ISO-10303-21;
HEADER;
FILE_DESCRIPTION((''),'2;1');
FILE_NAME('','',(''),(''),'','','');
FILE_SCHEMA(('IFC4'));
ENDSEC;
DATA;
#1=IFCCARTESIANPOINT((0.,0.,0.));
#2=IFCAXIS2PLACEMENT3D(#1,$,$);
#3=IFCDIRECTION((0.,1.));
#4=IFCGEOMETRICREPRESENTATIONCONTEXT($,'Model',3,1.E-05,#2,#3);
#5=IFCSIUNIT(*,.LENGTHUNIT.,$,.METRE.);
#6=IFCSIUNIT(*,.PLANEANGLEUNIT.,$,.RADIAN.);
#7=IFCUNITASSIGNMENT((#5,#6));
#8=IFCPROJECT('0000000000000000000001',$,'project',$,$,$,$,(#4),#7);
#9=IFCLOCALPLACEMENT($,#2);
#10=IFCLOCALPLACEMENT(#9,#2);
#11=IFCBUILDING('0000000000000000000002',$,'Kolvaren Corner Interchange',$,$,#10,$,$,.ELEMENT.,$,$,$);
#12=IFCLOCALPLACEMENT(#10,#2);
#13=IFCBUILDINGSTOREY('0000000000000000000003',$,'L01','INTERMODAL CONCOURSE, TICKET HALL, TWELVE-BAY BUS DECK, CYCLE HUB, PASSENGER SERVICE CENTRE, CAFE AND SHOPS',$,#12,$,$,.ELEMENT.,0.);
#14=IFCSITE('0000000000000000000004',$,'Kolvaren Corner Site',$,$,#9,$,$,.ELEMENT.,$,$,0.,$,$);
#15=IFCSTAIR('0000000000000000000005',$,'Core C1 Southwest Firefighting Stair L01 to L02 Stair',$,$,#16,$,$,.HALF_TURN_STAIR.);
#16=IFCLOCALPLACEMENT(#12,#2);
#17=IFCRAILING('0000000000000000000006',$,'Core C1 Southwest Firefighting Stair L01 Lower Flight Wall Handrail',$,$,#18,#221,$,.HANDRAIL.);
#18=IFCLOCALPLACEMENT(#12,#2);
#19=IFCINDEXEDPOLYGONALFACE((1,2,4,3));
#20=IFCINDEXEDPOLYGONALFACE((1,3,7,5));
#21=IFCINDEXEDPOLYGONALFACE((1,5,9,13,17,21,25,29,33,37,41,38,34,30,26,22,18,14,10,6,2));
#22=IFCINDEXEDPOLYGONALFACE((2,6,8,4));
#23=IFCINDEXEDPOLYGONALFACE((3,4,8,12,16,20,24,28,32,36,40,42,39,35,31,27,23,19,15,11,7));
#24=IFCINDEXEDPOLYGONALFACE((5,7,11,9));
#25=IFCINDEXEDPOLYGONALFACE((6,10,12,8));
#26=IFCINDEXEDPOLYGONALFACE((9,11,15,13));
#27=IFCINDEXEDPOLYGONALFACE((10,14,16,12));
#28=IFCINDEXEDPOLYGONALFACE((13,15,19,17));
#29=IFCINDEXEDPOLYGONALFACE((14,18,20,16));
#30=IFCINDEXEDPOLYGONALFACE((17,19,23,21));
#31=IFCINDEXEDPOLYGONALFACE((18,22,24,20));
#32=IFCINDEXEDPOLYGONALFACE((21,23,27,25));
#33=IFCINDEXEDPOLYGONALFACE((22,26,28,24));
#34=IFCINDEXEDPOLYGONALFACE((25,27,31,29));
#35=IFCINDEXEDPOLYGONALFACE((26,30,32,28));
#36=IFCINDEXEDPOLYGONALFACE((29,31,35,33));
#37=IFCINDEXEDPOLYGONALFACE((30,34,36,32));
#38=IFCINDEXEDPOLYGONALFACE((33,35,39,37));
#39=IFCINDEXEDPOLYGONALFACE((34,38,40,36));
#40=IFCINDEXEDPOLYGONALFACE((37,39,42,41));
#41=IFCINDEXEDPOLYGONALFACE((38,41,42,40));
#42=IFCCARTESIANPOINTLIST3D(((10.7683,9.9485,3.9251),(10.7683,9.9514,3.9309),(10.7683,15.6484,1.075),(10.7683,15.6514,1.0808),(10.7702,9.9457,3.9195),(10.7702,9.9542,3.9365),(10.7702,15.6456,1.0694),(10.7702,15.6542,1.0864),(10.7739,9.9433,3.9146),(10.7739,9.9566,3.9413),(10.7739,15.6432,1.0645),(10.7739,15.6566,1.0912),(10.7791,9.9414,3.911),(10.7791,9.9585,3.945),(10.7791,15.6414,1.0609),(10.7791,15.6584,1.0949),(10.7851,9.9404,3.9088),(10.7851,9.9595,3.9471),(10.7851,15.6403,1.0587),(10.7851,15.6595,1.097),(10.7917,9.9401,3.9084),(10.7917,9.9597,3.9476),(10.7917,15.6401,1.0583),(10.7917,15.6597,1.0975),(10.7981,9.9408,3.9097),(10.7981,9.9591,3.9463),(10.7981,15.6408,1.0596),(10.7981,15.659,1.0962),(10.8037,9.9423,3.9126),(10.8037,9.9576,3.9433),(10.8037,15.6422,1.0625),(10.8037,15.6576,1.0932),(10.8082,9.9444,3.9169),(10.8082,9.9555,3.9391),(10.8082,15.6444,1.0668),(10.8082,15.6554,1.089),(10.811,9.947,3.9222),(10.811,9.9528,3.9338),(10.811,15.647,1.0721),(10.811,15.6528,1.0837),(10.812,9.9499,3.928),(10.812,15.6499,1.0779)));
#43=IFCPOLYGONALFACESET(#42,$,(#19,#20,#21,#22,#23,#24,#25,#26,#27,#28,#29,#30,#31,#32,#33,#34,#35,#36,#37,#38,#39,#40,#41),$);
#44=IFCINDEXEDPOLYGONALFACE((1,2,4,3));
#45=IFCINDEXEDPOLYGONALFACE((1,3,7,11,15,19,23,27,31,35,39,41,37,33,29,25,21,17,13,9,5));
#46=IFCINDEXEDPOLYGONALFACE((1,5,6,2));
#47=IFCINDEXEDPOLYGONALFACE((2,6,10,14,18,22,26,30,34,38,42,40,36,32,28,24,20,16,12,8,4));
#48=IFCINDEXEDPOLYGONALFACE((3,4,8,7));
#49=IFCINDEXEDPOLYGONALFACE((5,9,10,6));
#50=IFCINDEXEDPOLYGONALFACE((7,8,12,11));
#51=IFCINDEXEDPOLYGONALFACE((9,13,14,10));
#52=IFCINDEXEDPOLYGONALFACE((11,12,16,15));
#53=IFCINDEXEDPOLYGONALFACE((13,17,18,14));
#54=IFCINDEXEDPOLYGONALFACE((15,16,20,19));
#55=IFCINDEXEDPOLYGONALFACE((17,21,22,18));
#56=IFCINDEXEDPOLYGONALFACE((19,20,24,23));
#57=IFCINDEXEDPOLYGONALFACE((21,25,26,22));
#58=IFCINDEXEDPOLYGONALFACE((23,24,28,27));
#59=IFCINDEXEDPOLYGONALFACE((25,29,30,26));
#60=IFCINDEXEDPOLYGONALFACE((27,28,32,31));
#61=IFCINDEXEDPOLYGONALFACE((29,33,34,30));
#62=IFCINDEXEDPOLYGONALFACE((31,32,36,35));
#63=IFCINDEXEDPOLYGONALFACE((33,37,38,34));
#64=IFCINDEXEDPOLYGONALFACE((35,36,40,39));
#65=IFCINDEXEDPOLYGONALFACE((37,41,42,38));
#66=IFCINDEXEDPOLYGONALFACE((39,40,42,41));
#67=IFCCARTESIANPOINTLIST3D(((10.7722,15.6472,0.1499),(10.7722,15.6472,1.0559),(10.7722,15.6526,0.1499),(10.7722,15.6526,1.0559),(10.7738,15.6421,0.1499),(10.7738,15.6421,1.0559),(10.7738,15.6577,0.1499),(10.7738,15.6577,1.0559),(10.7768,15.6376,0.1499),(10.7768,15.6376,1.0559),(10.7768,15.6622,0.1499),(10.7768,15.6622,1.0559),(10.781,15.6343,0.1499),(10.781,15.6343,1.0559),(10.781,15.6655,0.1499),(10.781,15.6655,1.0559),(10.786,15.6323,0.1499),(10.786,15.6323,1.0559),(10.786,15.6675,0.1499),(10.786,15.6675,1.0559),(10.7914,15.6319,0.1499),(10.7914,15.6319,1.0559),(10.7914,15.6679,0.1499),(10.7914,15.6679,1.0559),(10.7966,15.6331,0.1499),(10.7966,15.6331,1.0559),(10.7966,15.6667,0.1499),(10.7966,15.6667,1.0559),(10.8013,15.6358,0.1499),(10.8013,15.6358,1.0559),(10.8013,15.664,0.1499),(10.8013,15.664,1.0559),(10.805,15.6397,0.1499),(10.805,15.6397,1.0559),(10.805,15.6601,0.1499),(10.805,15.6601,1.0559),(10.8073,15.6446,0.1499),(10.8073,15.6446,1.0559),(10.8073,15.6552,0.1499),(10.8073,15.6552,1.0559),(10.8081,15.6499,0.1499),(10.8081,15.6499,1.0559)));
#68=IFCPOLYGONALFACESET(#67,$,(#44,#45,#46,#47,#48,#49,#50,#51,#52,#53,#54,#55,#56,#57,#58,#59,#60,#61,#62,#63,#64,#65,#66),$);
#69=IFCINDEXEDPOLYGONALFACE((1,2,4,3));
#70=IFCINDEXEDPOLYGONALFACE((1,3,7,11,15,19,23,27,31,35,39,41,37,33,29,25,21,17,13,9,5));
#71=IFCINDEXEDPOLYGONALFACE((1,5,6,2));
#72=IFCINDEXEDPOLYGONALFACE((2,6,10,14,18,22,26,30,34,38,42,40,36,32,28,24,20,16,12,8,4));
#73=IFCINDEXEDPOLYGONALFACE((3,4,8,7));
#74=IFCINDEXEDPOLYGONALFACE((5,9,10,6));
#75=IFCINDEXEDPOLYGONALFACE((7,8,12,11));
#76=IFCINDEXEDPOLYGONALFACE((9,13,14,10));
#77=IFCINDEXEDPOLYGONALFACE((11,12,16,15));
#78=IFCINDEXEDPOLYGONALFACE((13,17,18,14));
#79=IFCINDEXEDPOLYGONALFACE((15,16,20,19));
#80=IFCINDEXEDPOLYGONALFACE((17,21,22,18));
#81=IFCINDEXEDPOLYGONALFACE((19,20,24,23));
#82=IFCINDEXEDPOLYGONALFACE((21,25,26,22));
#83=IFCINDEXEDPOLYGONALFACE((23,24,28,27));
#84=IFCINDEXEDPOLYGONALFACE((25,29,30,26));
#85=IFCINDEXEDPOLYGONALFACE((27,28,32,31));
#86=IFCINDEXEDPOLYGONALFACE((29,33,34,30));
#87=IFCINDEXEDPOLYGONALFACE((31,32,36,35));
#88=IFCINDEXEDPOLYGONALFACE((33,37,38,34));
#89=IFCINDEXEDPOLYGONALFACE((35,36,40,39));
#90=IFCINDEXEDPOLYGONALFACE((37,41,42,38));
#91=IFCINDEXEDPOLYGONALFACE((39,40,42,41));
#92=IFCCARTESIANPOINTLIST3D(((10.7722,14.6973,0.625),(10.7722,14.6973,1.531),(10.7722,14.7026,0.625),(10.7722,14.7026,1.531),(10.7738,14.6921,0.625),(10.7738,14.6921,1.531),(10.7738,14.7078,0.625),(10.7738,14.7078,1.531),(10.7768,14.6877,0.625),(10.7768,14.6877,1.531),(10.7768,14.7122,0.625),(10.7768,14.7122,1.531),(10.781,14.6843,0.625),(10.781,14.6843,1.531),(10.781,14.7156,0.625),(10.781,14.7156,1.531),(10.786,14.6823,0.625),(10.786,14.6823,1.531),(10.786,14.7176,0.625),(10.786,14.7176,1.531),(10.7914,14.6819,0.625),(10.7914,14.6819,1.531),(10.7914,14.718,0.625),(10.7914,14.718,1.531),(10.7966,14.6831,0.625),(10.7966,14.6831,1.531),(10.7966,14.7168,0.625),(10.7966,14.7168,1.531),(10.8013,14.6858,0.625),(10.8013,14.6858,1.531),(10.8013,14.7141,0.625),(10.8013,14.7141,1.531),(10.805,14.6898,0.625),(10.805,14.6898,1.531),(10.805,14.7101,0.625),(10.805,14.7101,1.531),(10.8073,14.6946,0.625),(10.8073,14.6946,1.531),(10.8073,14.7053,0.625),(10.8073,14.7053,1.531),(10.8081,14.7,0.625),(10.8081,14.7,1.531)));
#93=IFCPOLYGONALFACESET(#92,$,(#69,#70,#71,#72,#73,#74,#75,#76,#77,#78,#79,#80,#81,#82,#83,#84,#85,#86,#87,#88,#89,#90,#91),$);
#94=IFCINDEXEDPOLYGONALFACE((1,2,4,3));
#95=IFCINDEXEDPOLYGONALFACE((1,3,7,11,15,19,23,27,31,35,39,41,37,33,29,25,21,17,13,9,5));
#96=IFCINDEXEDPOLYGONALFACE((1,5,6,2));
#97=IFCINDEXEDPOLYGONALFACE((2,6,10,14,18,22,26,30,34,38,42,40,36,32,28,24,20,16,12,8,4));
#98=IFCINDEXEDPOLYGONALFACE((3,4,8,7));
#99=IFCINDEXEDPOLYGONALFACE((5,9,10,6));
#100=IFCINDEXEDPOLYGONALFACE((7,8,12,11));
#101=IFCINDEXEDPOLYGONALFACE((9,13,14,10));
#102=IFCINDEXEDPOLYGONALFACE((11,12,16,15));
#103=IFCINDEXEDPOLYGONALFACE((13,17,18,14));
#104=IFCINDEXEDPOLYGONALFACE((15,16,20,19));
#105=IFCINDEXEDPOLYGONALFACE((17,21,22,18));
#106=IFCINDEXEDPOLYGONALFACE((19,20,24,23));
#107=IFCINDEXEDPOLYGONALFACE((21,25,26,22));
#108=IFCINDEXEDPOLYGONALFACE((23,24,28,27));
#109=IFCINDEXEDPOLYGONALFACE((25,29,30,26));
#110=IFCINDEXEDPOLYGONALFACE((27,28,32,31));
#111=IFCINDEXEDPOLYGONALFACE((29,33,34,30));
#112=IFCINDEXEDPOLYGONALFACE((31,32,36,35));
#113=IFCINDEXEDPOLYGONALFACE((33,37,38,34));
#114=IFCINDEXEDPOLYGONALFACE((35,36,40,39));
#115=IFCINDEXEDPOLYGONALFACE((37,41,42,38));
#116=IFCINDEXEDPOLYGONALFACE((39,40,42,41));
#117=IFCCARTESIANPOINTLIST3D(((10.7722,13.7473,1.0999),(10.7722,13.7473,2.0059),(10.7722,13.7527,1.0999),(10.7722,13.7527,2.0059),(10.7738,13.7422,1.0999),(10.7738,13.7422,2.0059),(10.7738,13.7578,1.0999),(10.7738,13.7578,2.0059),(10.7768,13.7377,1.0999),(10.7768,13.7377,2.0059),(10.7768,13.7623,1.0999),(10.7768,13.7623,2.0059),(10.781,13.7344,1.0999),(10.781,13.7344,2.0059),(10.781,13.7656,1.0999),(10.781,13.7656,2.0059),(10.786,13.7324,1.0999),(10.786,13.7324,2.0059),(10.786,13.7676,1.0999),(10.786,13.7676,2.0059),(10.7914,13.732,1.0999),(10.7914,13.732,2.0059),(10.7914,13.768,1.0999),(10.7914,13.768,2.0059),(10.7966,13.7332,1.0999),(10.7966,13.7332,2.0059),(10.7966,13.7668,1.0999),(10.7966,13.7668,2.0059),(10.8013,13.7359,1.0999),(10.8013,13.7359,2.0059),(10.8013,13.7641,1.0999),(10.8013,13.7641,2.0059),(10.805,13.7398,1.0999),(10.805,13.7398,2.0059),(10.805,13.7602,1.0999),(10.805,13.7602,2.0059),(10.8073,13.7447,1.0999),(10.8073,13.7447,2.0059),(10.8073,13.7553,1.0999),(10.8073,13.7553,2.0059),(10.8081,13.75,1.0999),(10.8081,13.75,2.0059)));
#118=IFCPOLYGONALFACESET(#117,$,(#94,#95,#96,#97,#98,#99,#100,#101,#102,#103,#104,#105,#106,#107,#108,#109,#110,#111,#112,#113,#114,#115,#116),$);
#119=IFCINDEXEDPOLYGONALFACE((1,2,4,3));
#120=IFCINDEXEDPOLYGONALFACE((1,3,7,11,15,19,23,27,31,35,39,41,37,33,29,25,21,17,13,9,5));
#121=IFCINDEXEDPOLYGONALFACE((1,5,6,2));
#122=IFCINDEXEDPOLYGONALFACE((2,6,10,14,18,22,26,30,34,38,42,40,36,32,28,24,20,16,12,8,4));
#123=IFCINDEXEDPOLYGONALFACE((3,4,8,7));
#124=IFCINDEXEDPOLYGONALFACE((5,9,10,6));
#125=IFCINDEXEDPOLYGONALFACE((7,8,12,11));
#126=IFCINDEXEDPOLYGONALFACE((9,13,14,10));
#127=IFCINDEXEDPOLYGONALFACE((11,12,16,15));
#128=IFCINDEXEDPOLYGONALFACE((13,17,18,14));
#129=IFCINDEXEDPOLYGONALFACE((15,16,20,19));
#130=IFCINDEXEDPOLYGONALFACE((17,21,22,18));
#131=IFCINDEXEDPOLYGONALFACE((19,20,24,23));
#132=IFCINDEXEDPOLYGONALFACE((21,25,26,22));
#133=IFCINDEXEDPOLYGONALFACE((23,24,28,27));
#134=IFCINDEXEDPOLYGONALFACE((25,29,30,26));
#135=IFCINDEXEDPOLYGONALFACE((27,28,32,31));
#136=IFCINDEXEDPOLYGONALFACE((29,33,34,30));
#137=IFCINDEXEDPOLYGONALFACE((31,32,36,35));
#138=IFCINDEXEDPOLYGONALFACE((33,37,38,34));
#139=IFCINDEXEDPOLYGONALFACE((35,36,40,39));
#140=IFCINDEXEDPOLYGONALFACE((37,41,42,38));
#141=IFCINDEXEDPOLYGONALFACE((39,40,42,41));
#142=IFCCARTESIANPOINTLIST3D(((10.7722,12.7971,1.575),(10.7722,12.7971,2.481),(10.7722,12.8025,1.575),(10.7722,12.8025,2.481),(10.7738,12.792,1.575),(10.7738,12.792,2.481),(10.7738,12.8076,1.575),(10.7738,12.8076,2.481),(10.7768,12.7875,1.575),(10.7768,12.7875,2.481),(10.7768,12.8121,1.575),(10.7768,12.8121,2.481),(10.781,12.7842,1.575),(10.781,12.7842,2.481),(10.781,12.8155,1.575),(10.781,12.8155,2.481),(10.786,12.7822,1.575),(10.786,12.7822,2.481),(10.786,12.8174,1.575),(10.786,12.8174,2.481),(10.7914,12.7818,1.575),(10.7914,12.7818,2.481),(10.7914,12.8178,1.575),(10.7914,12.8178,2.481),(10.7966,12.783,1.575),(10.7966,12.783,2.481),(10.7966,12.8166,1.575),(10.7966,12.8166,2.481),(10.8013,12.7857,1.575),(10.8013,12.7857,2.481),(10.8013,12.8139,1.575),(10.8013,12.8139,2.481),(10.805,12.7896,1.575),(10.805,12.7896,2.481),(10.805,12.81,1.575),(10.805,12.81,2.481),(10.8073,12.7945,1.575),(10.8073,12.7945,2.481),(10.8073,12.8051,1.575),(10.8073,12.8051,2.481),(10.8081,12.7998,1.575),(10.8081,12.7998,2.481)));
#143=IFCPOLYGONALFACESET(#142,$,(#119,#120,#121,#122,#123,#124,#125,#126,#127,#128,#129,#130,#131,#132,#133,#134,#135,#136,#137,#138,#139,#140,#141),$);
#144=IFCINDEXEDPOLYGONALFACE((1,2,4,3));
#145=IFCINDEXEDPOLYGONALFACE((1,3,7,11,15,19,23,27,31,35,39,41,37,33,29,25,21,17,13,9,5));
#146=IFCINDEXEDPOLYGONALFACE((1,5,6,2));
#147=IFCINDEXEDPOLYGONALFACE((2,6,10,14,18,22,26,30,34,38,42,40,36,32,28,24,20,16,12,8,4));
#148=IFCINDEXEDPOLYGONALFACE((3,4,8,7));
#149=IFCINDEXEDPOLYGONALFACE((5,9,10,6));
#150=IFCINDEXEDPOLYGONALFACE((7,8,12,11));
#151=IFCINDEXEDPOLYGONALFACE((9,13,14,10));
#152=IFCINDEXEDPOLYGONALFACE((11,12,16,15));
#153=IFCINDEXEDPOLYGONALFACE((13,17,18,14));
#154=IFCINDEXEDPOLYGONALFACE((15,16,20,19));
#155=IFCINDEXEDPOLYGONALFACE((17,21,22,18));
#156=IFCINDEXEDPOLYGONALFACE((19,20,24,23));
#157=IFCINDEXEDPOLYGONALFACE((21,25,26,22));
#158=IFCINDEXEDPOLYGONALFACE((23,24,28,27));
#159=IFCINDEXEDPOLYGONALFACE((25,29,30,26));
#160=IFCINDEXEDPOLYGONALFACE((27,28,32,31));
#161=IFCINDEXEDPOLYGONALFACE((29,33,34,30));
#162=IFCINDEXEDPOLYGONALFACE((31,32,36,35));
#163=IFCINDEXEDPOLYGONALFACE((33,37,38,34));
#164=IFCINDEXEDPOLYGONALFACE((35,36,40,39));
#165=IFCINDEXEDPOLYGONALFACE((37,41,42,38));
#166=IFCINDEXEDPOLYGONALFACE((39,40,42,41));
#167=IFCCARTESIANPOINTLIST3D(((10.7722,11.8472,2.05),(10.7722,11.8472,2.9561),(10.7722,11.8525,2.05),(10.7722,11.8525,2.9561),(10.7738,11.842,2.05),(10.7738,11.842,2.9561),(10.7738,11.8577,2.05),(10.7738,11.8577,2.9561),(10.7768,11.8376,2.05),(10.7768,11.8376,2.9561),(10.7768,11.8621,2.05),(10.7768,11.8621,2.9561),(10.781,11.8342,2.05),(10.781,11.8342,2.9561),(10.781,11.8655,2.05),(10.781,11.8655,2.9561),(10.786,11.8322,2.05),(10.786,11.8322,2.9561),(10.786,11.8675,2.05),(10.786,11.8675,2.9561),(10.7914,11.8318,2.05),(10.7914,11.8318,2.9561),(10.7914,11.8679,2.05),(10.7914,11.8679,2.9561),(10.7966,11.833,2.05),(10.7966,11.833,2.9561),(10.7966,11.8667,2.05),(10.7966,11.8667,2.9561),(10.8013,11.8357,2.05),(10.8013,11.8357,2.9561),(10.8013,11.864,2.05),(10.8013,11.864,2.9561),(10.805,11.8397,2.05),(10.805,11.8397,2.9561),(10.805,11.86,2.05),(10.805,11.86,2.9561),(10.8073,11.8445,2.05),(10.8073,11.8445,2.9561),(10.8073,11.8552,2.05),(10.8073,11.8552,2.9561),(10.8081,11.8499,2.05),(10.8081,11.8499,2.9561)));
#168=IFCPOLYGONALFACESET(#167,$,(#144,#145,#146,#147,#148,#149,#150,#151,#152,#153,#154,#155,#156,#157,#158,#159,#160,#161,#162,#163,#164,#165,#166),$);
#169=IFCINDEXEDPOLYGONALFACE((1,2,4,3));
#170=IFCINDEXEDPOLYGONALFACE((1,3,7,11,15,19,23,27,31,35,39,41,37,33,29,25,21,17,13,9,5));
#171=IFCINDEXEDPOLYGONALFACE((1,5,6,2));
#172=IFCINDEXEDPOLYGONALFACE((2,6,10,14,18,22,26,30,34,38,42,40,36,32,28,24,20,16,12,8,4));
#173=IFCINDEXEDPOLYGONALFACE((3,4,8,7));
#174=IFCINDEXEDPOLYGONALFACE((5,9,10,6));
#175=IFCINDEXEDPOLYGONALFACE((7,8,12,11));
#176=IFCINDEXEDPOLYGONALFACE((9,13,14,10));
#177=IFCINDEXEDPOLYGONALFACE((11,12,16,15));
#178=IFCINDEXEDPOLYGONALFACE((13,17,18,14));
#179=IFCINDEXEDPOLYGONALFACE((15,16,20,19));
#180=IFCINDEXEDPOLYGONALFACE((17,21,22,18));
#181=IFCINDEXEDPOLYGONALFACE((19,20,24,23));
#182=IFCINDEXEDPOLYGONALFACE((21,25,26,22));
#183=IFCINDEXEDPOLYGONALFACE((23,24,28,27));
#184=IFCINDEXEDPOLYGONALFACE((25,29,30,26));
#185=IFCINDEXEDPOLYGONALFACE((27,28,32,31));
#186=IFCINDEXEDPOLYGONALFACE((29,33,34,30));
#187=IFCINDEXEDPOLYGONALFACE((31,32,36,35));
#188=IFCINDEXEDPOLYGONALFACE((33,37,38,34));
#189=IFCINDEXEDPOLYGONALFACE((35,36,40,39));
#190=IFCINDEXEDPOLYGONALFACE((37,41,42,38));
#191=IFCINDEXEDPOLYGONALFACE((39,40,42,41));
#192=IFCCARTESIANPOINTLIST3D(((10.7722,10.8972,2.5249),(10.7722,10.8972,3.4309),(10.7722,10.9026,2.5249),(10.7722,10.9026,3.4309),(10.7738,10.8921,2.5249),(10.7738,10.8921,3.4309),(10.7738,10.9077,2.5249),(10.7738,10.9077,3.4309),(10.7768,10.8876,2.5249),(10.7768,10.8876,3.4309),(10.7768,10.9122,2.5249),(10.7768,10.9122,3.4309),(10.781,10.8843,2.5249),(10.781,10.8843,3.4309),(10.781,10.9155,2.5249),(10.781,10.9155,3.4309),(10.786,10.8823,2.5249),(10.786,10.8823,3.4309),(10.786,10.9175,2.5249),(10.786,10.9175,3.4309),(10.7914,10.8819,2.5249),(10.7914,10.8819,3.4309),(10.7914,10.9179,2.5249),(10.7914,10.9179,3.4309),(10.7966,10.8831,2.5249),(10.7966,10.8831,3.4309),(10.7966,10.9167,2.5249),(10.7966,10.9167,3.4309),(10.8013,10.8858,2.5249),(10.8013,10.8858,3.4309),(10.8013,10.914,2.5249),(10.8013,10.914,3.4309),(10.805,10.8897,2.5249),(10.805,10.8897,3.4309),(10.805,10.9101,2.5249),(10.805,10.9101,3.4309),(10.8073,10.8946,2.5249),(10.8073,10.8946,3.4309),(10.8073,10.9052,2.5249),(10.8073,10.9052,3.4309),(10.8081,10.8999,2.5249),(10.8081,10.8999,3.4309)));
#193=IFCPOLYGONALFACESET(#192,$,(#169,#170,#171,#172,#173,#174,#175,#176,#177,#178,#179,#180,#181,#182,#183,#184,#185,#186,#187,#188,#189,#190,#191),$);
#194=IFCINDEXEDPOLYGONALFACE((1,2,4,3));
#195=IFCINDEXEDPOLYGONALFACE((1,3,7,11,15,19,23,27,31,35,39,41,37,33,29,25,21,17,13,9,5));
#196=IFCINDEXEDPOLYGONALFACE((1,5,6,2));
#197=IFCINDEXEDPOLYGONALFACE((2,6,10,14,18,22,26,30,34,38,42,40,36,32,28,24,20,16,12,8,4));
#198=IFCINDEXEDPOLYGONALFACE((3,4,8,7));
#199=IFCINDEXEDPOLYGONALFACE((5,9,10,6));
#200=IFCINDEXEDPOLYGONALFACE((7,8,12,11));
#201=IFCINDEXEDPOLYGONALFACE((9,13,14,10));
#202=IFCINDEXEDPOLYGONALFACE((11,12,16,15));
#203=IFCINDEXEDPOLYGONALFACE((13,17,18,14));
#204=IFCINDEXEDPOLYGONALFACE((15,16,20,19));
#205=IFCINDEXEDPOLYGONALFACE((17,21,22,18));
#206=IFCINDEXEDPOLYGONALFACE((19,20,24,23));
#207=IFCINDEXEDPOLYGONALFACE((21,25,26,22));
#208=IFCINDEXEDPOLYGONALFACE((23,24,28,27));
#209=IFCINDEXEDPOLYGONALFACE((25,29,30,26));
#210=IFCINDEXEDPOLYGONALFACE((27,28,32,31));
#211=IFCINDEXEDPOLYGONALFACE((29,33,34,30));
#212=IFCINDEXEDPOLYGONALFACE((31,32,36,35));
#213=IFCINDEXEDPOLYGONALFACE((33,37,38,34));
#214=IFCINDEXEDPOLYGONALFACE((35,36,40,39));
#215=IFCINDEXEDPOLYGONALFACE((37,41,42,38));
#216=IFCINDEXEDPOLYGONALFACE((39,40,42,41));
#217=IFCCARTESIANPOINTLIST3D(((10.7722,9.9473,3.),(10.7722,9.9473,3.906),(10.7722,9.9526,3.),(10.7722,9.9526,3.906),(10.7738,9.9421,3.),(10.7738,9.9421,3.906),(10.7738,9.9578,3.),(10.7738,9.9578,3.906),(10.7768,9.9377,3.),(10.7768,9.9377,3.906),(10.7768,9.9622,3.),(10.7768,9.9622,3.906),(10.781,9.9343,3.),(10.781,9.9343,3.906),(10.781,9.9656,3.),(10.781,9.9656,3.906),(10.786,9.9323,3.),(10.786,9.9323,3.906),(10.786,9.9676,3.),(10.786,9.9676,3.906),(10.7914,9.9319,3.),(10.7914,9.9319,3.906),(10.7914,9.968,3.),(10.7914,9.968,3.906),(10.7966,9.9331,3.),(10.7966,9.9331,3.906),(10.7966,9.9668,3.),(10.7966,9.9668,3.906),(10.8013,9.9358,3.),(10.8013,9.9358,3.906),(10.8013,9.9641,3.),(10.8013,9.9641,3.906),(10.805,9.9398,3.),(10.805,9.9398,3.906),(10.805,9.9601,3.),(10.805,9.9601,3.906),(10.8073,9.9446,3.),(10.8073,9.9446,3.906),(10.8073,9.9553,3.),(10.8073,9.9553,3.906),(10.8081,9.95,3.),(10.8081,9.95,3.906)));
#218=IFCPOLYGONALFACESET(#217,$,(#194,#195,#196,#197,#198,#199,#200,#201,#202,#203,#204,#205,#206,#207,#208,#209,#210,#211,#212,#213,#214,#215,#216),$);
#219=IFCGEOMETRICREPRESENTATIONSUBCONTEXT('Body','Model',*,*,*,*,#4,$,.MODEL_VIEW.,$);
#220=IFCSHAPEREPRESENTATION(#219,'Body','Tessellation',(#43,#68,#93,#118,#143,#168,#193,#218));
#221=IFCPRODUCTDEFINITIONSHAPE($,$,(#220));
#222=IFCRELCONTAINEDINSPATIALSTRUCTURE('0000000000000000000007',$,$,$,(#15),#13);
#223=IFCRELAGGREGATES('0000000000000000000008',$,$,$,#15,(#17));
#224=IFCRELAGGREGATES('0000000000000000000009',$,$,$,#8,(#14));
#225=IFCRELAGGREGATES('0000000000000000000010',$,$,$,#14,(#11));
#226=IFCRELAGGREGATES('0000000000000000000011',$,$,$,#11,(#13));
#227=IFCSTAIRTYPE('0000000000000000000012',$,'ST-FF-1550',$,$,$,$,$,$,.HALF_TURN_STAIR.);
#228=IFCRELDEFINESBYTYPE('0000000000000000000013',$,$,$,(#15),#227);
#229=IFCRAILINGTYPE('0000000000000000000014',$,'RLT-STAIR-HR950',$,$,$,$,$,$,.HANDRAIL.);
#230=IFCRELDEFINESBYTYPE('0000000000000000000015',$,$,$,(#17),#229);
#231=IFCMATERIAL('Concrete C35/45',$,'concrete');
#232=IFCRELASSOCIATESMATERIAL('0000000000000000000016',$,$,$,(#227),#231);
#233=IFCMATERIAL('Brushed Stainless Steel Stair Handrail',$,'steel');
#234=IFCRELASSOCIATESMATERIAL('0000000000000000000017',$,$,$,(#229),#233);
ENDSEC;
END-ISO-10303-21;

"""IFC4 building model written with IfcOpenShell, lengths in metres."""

from ifc_helpers import new_model, si_unit, direction, frame, origin, origin_2d, place, context, subcontext, project, spatial, circle, extrude, material, type_object, element, aggregate, save


model = new_model("IFC4")

# Units and contexts
model_context = context("Model", 3, precision=1e-05, world=origin(), true_north=direction((0.0, 1.0)))
body_context = subcontext(model_context, "Body", "Model", "MODEL_VIEW")
ifc_project = project(units=[si_unit("LENGTHUNIT", "METRE"), si_unit("PLANEANGLEUNIT", "RADIAN")], contexts=[model_context])

# Site, building, storey
site_placement = place(None, origin())
site = spatial("IfcSite", under=ifc_project, at=site_placement, Name="Kolvaren Corner Site", CompositionType="ELEMENT", RefElevation=0.0)
building_placement = place(site_placement, origin())
building = spatial("IfcBuilding", under=site, at=building_placement, Name="Kolvaren Corner Interchange", CompositionType="ELEMENT")
storey_placement = place(building_placement, origin())
storey = spatial("IfcBuildingStorey", under=building, at=storey_placement, Name="L01", Description="INTERMODAL CONCOURSE, TICKET HALL, TWELVE-BAY BUS DECK, CYCLE HUB, PASSENGER SERVICE CENTRE, CAFE AND SHOPS", CompositionType="ELEMENT", Elevation=0.0)

# Stair
ifc_material_1 = material(Name="Concrete C35/45", Category="concrete")
stair_type = type_object("IfcStairType", Name="ST-FF-1550", PredefinedType="HALF_TURN_STAIR", material=ifc_material_1)
stair_placement = place(storey_placement, origin())
stair = element("IfcStair", 1, at=stair_placement, inside=storey, type_object=stair_type, Name="Core C1 Southwest Firefighting Stair L01 to L02 Stair", PredefinedType="HALF_TURN_STAIR")

# Railing
ifc_material_2 = material(Name="Brushed Stainless Steel Stair Handrail", Category="steel")
railing_type_1 = type_object("IfcRailingType", Name="RLT-STAIR-HR950", PredefinedType="HANDRAIL", material=ifc_material_2)
railing_1_placement = place(storey_placement, frame((10.79, 15.6499, 0.1499)))
railing_1 = element("IfcRailing", 2, at=railing_1_placement, type_object=railing_type_1, Name="Core C1 Southwest Firefighting Stair L01 Lower Flight Wall Handrail", PredefinedType="HANDRAIL", context=body_context, shape_type="SweptSolid", body=[
    extrude(circle(Radius=0.022, at=origin_2d()), frame((0.0, 0.0, 0.928), z_axis=(0.0, -0.89442, 0.447229), x_axis=(1.0, 0.0, 0.0)), (0.0, 0.0, 1.0), 6.3728),
    extrude(circle(Radius=0.0181, at=origin_2d()), origin(), (0.0, 0.0, 1.0), 0.906),
    extrude(circle(Radius=0.0181, at=origin_2d()), frame((0.0, -0.95, 0.4751)), (0.0, 0.0, 1.0), 0.906),
    extrude(circle(Radius=0.0181, at=origin_2d()), frame((0.0, -1.8999, 0.95)), (0.0, 0.0, 1.0), 0.906),
    extrude(circle(Radius=0.0181, at=origin_2d()), frame((0.0, -2.8501, 1.425)), (0.0, 0.0, 1.0), 0.906),
    extrude(circle(Radius=0.0181, at=origin_2d()), frame((0.0, -3.8, 1.9001)), (0.0, 0.0, 1.0), 0.906),
    extrude(circle(Radius=0.0181, at=origin_2d()), frame((0.0, -4.75, 2.375)), (0.0, 0.0, 1.0), 0.906),
    extrude(circle(Radius=0.0181, at=origin_2d()), frame((0.0, -5.7, 2.8501)), (0.0, 0.0, 1.0), 0.906),
])
aggregate(stair, [railing_1])

save(model, "model.ifc")
